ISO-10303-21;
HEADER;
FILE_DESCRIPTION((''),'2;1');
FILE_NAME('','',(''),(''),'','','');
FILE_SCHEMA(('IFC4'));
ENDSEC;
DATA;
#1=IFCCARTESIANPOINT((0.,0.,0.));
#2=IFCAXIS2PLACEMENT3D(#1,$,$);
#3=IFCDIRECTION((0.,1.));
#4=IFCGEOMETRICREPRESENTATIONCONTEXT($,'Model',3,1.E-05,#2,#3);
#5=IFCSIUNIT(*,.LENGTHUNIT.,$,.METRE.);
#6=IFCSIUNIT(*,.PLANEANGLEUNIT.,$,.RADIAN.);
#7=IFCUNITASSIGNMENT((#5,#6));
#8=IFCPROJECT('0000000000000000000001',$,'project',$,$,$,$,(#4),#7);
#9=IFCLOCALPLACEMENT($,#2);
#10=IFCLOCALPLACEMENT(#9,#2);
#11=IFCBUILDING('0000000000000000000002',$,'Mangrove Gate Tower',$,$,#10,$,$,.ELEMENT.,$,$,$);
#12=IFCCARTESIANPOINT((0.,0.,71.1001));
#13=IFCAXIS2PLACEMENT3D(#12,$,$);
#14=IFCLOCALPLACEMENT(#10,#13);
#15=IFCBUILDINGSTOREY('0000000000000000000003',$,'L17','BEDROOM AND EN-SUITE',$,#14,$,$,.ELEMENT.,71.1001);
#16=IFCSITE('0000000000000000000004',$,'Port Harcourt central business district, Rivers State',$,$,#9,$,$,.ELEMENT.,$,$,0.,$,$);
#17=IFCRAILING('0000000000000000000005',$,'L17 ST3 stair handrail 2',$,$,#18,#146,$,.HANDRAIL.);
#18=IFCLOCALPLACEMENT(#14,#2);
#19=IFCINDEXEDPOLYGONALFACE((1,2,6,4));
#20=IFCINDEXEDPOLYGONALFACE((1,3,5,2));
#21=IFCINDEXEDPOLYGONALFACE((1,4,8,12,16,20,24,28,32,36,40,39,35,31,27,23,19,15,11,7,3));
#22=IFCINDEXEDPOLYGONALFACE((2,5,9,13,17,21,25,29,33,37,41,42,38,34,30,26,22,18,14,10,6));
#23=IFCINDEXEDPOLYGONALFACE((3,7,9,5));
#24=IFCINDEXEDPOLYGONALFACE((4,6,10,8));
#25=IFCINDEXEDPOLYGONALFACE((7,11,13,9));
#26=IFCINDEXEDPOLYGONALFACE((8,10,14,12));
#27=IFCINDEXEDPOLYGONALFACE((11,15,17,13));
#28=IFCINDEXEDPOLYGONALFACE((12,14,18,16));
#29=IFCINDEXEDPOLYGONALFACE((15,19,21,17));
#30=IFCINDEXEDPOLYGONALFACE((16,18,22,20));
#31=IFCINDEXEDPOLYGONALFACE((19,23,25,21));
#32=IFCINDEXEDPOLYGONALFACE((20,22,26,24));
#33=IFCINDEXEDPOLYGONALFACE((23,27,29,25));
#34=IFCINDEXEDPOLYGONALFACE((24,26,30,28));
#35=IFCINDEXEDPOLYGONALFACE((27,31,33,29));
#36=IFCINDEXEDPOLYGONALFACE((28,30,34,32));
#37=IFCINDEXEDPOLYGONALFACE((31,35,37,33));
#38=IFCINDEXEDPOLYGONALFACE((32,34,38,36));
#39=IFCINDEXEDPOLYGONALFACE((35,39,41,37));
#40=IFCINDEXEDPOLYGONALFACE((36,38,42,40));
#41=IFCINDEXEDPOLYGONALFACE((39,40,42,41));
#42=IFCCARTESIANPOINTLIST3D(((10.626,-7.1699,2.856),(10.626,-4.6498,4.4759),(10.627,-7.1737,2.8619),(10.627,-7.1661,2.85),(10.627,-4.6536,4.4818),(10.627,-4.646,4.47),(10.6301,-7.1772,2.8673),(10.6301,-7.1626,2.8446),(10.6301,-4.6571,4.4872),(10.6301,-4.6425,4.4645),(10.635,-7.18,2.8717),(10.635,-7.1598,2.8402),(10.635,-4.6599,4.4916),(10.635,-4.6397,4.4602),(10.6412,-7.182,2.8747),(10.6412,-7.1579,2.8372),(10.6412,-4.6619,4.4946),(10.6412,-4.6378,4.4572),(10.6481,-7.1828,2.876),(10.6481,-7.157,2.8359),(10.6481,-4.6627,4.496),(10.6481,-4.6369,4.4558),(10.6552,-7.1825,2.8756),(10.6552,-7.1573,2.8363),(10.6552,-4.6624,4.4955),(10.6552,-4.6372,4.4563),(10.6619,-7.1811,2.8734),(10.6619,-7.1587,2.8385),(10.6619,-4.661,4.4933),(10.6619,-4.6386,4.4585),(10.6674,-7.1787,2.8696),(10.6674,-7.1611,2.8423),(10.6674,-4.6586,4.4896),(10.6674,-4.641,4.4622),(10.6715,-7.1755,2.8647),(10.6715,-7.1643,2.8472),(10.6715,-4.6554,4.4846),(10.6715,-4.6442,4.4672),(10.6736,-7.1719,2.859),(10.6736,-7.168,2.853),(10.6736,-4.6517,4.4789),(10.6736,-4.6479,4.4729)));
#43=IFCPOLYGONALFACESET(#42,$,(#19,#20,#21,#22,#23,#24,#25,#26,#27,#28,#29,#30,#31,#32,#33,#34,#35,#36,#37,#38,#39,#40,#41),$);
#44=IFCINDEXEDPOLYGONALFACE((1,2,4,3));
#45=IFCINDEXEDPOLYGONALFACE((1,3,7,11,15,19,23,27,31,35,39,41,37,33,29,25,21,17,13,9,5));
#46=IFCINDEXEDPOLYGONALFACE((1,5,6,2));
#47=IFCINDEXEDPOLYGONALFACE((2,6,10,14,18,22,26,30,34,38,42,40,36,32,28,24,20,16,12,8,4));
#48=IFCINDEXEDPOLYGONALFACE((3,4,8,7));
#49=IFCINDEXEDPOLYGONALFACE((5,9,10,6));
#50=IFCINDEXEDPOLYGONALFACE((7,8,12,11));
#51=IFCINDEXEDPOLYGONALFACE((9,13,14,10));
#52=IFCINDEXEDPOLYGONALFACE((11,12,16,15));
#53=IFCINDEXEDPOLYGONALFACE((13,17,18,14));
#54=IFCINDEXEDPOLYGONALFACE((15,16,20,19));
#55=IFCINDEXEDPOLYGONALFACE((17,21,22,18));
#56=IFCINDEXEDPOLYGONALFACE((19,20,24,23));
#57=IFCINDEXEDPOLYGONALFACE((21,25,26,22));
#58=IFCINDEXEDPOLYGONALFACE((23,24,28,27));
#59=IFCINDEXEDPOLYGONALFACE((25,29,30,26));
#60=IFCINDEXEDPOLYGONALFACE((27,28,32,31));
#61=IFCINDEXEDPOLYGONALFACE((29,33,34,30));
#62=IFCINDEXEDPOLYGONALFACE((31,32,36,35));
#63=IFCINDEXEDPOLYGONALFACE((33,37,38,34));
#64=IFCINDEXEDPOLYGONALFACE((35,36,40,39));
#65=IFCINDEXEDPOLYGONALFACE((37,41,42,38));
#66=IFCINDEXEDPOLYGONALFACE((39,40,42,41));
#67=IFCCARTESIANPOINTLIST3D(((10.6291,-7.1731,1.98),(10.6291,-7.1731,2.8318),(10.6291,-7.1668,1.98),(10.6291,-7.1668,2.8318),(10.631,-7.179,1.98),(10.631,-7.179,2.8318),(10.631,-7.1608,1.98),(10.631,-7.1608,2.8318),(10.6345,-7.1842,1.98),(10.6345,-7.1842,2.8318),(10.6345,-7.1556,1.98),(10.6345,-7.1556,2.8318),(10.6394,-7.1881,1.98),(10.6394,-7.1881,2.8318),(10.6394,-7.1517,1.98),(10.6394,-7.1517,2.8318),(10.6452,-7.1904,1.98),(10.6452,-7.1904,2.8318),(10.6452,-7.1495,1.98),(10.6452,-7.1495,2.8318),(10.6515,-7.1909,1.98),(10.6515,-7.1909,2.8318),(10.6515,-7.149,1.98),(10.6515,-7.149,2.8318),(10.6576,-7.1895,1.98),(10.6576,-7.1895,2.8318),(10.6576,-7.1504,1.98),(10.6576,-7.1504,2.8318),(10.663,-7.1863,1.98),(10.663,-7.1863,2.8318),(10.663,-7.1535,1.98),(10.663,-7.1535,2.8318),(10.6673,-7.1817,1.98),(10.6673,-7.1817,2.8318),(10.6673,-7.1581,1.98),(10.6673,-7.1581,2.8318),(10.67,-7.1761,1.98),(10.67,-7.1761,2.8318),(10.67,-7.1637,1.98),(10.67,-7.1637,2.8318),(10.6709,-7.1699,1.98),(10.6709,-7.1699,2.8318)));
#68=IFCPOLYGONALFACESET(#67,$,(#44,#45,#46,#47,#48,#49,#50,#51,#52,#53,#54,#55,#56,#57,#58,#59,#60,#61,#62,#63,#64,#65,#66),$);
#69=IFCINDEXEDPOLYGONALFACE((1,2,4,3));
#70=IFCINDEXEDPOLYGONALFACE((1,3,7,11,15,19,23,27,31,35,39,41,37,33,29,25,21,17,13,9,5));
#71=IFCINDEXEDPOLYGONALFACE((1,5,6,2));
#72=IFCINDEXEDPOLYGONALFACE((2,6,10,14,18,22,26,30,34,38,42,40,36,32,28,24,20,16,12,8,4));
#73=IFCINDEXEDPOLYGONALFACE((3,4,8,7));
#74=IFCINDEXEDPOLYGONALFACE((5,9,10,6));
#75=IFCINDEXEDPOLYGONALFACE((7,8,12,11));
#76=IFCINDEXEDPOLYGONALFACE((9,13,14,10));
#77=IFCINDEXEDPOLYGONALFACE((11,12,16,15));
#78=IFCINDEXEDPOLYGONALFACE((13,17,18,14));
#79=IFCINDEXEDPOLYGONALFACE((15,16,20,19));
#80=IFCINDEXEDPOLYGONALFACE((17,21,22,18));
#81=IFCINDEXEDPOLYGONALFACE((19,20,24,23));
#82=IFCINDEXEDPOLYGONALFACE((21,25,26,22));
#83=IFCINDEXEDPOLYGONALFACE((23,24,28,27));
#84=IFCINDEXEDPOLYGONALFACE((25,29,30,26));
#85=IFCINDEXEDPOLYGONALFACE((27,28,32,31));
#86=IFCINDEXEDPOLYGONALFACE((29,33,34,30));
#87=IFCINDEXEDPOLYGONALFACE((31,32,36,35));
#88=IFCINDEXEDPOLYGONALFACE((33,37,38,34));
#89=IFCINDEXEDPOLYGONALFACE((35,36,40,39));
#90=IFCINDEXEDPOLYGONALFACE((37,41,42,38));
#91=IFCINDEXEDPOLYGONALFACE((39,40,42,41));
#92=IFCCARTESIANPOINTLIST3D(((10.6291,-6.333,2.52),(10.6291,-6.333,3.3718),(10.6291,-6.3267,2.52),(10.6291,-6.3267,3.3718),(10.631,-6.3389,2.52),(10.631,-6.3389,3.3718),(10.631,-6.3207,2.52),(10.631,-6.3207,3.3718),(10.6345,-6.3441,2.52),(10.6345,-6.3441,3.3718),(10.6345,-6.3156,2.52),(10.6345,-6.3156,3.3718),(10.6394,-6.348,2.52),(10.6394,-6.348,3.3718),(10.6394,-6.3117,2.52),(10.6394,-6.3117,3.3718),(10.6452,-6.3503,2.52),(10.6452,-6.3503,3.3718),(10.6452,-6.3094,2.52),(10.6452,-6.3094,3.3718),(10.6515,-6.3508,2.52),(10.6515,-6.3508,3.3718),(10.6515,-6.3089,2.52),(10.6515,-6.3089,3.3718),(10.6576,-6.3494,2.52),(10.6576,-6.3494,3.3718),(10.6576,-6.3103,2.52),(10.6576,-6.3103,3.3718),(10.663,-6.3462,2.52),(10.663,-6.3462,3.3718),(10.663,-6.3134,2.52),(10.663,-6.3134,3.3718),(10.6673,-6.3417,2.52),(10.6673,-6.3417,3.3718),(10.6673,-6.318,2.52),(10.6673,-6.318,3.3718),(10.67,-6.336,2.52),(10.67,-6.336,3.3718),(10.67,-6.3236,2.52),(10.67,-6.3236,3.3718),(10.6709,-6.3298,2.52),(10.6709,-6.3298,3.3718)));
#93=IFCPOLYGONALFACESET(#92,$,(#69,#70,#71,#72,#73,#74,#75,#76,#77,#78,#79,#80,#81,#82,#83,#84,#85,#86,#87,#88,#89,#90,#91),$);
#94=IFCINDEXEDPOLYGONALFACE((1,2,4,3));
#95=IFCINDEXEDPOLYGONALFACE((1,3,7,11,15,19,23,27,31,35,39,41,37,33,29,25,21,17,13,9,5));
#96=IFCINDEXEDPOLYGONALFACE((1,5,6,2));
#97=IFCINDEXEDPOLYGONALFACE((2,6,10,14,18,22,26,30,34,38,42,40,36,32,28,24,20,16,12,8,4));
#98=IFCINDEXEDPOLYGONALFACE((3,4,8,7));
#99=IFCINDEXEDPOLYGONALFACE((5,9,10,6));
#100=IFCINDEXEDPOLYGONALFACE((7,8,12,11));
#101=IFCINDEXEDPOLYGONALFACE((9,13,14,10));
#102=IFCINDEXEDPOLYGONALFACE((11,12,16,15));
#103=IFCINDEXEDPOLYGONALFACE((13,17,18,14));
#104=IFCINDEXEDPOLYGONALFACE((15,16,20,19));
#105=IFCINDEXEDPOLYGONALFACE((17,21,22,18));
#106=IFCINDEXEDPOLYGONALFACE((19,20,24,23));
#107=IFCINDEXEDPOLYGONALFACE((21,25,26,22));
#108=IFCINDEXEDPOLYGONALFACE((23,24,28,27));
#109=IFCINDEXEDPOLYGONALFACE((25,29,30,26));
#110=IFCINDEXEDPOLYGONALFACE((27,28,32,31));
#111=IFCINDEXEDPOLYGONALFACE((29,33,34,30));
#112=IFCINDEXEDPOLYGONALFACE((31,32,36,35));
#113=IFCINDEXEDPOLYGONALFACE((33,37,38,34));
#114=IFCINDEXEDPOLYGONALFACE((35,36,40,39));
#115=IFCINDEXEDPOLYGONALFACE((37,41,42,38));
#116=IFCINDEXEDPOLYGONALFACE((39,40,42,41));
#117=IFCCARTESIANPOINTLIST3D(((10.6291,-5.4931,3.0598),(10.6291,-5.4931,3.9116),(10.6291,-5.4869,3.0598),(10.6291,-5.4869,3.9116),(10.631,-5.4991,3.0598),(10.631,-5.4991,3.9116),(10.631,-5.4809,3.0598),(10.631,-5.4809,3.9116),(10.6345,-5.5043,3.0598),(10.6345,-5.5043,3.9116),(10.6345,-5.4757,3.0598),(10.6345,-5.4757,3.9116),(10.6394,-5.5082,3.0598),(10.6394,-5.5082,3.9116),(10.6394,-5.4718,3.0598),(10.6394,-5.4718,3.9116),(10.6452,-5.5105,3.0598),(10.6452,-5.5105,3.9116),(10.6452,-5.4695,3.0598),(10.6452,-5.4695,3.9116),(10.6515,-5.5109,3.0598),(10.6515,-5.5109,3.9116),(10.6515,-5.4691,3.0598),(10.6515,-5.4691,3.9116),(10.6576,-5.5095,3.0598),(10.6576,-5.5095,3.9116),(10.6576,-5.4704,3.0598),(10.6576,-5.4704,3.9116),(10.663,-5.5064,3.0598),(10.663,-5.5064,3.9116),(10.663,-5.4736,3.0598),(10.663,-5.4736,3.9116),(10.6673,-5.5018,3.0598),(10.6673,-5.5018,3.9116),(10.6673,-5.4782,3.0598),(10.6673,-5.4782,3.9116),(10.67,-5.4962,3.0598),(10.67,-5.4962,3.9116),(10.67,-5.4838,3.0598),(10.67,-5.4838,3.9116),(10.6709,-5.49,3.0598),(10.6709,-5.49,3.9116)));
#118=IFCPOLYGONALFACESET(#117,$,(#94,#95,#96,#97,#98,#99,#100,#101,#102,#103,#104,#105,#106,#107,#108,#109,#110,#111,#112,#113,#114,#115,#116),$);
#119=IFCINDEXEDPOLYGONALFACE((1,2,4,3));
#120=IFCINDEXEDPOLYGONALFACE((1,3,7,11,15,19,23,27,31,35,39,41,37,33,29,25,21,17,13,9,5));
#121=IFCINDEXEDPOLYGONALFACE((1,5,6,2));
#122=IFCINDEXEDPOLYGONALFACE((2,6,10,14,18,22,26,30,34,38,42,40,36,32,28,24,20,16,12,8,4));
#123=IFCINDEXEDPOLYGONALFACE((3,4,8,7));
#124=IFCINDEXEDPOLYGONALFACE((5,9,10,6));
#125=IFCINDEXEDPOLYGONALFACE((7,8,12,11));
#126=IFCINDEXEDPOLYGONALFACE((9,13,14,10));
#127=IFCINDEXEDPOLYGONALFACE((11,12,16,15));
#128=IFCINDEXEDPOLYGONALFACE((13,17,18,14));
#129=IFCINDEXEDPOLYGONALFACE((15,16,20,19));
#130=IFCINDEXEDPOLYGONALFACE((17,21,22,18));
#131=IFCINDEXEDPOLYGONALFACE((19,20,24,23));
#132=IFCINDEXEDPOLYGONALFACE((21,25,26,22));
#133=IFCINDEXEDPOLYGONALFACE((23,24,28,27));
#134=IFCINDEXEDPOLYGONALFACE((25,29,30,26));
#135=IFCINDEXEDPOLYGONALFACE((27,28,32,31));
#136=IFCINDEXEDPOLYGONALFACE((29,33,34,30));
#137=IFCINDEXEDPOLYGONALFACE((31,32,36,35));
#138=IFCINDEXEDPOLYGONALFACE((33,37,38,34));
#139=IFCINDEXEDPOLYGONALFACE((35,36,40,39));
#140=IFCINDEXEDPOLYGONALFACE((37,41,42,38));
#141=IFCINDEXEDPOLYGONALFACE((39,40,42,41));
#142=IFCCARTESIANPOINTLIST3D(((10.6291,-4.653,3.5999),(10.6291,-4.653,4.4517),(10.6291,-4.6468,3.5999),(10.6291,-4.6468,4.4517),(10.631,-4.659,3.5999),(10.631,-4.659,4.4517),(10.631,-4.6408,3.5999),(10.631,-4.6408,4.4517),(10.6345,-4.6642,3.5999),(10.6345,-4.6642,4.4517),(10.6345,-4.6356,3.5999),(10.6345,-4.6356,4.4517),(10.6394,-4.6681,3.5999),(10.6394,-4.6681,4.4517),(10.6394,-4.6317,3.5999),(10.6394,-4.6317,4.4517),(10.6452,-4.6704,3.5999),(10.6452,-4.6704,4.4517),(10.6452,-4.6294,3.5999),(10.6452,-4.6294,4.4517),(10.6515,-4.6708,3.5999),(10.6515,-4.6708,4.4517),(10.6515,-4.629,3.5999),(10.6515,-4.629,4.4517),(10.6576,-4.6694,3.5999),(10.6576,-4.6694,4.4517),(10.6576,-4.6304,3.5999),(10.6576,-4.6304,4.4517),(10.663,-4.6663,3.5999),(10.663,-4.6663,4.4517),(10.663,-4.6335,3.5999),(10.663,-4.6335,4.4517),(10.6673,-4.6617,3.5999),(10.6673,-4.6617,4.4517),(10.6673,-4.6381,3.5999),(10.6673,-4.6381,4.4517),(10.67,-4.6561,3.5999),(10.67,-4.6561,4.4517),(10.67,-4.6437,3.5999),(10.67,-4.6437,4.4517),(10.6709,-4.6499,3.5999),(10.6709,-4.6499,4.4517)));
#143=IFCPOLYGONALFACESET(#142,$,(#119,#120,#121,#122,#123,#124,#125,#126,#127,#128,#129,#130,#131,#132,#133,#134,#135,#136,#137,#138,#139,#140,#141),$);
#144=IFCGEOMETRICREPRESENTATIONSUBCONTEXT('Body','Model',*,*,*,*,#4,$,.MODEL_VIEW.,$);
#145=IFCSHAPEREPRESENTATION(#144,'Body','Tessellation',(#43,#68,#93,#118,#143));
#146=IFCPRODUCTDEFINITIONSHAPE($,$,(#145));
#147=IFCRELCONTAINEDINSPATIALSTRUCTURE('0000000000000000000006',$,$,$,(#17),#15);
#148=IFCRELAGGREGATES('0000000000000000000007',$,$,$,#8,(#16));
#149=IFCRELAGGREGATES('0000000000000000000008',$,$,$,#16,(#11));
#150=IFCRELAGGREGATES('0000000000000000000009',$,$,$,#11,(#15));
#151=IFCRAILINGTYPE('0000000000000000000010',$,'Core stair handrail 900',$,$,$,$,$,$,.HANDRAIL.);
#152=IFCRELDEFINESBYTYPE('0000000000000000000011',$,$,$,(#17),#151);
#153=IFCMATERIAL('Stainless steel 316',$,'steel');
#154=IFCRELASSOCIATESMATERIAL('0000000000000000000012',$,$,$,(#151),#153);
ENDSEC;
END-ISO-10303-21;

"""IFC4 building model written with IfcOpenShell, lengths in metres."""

from ifc_helpers import new_model, si_unit, direction, frame, origin, origin_2d, place, context, subcontext, project, spatial, circle, extrude, material, type_object, element, save


model = new_model("IFC4")

# Units and contexts
model_context = context("Model", 3, precision=1e-05, world=origin(), true_north=direction((0.0, 1.0)))
body_context = subcontext(model_context, "Body", "Model", "MODEL_VIEW")
ifc_project = project(units=[si_unit("LENGTHUNIT", "METRE"), si_unit("PLANEANGLEUNIT", "RADIAN")], contexts=[model_context])

# Site, building, storey
site_placement = place(None, origin())
site = spatial("IfcSite", under=ifc_project, at=site_placement, Name="Port Harcourt central business district, Rivers State", CompositionType="ELEMENT", RefElevation=0.0)
building_placement = place(site_placement, origin())
building = spatial("IfcBuilding", under=site, at=building_placement, Name="Mangrove Gate Tower", CompositionType="ELEMENT")
storey_placement = place(building_placement, frame((0.0, 0.0, 71.1001)))
storey = spatial("IfcBuildingStorey", under=building, at=storey_placement, Name="L17", Description="BEDROOM AND EN-SUITE", CompositionType="ELEMENT", Elevation=71.1001)

# Railing
ifc_material_1 = material(Name="Stainless steel 316", Category="steel")
railing_type_1 = type_object("IfcRailingType", Name="Core stair handrail 900", PredefinedType="HANDRAIL", material=ifc_material_1)
railing_1_placement = place(storey_placement, frame((10.6499, -7.1699, 1.98)))
element("IfcRailing", 1, at=railing_1_placement, inside=storey, type_object=railing_type_1, Name="L17 ST3 stair handrail 2", PredefinedType="HANDRAIL", context=body_context, shape_type="SweptSolid", body=[
    extrude(circle(Radius=0.0239, at=origin_2d()), frame((0.0, 0.0, 0.876), z_axis=(0.0, 0.8412, 0.540725), x_axis=(-1.0, 0.0, 0.0)), (0.0, 0.0, 1.0), 2.9958),
    extrude(circle(Radius=0.021, at=origin_2d()), origin(), (0.0, 0.0, 1.0), 0.8518),
    extrude(circle(Radius=0.021, at=origin_2d()), frame((0.0, 0.8401, 0.54)), (0.0, 0.0, 1.0), 0.8518),
    extrude(circle(Radius=0.021, at=origin_2d()), frame((0.0, 1.6799, 1.0798)), (0.0, 0.0, 1.0), 0.8518),
    extrude(circle(Radius=0.021, at=origin_2d()), frame((0.0, 2.52, 1.6199)), (0.0, 0.0, 1.0), 0.8518),
])

save(model, "model.ifc")
